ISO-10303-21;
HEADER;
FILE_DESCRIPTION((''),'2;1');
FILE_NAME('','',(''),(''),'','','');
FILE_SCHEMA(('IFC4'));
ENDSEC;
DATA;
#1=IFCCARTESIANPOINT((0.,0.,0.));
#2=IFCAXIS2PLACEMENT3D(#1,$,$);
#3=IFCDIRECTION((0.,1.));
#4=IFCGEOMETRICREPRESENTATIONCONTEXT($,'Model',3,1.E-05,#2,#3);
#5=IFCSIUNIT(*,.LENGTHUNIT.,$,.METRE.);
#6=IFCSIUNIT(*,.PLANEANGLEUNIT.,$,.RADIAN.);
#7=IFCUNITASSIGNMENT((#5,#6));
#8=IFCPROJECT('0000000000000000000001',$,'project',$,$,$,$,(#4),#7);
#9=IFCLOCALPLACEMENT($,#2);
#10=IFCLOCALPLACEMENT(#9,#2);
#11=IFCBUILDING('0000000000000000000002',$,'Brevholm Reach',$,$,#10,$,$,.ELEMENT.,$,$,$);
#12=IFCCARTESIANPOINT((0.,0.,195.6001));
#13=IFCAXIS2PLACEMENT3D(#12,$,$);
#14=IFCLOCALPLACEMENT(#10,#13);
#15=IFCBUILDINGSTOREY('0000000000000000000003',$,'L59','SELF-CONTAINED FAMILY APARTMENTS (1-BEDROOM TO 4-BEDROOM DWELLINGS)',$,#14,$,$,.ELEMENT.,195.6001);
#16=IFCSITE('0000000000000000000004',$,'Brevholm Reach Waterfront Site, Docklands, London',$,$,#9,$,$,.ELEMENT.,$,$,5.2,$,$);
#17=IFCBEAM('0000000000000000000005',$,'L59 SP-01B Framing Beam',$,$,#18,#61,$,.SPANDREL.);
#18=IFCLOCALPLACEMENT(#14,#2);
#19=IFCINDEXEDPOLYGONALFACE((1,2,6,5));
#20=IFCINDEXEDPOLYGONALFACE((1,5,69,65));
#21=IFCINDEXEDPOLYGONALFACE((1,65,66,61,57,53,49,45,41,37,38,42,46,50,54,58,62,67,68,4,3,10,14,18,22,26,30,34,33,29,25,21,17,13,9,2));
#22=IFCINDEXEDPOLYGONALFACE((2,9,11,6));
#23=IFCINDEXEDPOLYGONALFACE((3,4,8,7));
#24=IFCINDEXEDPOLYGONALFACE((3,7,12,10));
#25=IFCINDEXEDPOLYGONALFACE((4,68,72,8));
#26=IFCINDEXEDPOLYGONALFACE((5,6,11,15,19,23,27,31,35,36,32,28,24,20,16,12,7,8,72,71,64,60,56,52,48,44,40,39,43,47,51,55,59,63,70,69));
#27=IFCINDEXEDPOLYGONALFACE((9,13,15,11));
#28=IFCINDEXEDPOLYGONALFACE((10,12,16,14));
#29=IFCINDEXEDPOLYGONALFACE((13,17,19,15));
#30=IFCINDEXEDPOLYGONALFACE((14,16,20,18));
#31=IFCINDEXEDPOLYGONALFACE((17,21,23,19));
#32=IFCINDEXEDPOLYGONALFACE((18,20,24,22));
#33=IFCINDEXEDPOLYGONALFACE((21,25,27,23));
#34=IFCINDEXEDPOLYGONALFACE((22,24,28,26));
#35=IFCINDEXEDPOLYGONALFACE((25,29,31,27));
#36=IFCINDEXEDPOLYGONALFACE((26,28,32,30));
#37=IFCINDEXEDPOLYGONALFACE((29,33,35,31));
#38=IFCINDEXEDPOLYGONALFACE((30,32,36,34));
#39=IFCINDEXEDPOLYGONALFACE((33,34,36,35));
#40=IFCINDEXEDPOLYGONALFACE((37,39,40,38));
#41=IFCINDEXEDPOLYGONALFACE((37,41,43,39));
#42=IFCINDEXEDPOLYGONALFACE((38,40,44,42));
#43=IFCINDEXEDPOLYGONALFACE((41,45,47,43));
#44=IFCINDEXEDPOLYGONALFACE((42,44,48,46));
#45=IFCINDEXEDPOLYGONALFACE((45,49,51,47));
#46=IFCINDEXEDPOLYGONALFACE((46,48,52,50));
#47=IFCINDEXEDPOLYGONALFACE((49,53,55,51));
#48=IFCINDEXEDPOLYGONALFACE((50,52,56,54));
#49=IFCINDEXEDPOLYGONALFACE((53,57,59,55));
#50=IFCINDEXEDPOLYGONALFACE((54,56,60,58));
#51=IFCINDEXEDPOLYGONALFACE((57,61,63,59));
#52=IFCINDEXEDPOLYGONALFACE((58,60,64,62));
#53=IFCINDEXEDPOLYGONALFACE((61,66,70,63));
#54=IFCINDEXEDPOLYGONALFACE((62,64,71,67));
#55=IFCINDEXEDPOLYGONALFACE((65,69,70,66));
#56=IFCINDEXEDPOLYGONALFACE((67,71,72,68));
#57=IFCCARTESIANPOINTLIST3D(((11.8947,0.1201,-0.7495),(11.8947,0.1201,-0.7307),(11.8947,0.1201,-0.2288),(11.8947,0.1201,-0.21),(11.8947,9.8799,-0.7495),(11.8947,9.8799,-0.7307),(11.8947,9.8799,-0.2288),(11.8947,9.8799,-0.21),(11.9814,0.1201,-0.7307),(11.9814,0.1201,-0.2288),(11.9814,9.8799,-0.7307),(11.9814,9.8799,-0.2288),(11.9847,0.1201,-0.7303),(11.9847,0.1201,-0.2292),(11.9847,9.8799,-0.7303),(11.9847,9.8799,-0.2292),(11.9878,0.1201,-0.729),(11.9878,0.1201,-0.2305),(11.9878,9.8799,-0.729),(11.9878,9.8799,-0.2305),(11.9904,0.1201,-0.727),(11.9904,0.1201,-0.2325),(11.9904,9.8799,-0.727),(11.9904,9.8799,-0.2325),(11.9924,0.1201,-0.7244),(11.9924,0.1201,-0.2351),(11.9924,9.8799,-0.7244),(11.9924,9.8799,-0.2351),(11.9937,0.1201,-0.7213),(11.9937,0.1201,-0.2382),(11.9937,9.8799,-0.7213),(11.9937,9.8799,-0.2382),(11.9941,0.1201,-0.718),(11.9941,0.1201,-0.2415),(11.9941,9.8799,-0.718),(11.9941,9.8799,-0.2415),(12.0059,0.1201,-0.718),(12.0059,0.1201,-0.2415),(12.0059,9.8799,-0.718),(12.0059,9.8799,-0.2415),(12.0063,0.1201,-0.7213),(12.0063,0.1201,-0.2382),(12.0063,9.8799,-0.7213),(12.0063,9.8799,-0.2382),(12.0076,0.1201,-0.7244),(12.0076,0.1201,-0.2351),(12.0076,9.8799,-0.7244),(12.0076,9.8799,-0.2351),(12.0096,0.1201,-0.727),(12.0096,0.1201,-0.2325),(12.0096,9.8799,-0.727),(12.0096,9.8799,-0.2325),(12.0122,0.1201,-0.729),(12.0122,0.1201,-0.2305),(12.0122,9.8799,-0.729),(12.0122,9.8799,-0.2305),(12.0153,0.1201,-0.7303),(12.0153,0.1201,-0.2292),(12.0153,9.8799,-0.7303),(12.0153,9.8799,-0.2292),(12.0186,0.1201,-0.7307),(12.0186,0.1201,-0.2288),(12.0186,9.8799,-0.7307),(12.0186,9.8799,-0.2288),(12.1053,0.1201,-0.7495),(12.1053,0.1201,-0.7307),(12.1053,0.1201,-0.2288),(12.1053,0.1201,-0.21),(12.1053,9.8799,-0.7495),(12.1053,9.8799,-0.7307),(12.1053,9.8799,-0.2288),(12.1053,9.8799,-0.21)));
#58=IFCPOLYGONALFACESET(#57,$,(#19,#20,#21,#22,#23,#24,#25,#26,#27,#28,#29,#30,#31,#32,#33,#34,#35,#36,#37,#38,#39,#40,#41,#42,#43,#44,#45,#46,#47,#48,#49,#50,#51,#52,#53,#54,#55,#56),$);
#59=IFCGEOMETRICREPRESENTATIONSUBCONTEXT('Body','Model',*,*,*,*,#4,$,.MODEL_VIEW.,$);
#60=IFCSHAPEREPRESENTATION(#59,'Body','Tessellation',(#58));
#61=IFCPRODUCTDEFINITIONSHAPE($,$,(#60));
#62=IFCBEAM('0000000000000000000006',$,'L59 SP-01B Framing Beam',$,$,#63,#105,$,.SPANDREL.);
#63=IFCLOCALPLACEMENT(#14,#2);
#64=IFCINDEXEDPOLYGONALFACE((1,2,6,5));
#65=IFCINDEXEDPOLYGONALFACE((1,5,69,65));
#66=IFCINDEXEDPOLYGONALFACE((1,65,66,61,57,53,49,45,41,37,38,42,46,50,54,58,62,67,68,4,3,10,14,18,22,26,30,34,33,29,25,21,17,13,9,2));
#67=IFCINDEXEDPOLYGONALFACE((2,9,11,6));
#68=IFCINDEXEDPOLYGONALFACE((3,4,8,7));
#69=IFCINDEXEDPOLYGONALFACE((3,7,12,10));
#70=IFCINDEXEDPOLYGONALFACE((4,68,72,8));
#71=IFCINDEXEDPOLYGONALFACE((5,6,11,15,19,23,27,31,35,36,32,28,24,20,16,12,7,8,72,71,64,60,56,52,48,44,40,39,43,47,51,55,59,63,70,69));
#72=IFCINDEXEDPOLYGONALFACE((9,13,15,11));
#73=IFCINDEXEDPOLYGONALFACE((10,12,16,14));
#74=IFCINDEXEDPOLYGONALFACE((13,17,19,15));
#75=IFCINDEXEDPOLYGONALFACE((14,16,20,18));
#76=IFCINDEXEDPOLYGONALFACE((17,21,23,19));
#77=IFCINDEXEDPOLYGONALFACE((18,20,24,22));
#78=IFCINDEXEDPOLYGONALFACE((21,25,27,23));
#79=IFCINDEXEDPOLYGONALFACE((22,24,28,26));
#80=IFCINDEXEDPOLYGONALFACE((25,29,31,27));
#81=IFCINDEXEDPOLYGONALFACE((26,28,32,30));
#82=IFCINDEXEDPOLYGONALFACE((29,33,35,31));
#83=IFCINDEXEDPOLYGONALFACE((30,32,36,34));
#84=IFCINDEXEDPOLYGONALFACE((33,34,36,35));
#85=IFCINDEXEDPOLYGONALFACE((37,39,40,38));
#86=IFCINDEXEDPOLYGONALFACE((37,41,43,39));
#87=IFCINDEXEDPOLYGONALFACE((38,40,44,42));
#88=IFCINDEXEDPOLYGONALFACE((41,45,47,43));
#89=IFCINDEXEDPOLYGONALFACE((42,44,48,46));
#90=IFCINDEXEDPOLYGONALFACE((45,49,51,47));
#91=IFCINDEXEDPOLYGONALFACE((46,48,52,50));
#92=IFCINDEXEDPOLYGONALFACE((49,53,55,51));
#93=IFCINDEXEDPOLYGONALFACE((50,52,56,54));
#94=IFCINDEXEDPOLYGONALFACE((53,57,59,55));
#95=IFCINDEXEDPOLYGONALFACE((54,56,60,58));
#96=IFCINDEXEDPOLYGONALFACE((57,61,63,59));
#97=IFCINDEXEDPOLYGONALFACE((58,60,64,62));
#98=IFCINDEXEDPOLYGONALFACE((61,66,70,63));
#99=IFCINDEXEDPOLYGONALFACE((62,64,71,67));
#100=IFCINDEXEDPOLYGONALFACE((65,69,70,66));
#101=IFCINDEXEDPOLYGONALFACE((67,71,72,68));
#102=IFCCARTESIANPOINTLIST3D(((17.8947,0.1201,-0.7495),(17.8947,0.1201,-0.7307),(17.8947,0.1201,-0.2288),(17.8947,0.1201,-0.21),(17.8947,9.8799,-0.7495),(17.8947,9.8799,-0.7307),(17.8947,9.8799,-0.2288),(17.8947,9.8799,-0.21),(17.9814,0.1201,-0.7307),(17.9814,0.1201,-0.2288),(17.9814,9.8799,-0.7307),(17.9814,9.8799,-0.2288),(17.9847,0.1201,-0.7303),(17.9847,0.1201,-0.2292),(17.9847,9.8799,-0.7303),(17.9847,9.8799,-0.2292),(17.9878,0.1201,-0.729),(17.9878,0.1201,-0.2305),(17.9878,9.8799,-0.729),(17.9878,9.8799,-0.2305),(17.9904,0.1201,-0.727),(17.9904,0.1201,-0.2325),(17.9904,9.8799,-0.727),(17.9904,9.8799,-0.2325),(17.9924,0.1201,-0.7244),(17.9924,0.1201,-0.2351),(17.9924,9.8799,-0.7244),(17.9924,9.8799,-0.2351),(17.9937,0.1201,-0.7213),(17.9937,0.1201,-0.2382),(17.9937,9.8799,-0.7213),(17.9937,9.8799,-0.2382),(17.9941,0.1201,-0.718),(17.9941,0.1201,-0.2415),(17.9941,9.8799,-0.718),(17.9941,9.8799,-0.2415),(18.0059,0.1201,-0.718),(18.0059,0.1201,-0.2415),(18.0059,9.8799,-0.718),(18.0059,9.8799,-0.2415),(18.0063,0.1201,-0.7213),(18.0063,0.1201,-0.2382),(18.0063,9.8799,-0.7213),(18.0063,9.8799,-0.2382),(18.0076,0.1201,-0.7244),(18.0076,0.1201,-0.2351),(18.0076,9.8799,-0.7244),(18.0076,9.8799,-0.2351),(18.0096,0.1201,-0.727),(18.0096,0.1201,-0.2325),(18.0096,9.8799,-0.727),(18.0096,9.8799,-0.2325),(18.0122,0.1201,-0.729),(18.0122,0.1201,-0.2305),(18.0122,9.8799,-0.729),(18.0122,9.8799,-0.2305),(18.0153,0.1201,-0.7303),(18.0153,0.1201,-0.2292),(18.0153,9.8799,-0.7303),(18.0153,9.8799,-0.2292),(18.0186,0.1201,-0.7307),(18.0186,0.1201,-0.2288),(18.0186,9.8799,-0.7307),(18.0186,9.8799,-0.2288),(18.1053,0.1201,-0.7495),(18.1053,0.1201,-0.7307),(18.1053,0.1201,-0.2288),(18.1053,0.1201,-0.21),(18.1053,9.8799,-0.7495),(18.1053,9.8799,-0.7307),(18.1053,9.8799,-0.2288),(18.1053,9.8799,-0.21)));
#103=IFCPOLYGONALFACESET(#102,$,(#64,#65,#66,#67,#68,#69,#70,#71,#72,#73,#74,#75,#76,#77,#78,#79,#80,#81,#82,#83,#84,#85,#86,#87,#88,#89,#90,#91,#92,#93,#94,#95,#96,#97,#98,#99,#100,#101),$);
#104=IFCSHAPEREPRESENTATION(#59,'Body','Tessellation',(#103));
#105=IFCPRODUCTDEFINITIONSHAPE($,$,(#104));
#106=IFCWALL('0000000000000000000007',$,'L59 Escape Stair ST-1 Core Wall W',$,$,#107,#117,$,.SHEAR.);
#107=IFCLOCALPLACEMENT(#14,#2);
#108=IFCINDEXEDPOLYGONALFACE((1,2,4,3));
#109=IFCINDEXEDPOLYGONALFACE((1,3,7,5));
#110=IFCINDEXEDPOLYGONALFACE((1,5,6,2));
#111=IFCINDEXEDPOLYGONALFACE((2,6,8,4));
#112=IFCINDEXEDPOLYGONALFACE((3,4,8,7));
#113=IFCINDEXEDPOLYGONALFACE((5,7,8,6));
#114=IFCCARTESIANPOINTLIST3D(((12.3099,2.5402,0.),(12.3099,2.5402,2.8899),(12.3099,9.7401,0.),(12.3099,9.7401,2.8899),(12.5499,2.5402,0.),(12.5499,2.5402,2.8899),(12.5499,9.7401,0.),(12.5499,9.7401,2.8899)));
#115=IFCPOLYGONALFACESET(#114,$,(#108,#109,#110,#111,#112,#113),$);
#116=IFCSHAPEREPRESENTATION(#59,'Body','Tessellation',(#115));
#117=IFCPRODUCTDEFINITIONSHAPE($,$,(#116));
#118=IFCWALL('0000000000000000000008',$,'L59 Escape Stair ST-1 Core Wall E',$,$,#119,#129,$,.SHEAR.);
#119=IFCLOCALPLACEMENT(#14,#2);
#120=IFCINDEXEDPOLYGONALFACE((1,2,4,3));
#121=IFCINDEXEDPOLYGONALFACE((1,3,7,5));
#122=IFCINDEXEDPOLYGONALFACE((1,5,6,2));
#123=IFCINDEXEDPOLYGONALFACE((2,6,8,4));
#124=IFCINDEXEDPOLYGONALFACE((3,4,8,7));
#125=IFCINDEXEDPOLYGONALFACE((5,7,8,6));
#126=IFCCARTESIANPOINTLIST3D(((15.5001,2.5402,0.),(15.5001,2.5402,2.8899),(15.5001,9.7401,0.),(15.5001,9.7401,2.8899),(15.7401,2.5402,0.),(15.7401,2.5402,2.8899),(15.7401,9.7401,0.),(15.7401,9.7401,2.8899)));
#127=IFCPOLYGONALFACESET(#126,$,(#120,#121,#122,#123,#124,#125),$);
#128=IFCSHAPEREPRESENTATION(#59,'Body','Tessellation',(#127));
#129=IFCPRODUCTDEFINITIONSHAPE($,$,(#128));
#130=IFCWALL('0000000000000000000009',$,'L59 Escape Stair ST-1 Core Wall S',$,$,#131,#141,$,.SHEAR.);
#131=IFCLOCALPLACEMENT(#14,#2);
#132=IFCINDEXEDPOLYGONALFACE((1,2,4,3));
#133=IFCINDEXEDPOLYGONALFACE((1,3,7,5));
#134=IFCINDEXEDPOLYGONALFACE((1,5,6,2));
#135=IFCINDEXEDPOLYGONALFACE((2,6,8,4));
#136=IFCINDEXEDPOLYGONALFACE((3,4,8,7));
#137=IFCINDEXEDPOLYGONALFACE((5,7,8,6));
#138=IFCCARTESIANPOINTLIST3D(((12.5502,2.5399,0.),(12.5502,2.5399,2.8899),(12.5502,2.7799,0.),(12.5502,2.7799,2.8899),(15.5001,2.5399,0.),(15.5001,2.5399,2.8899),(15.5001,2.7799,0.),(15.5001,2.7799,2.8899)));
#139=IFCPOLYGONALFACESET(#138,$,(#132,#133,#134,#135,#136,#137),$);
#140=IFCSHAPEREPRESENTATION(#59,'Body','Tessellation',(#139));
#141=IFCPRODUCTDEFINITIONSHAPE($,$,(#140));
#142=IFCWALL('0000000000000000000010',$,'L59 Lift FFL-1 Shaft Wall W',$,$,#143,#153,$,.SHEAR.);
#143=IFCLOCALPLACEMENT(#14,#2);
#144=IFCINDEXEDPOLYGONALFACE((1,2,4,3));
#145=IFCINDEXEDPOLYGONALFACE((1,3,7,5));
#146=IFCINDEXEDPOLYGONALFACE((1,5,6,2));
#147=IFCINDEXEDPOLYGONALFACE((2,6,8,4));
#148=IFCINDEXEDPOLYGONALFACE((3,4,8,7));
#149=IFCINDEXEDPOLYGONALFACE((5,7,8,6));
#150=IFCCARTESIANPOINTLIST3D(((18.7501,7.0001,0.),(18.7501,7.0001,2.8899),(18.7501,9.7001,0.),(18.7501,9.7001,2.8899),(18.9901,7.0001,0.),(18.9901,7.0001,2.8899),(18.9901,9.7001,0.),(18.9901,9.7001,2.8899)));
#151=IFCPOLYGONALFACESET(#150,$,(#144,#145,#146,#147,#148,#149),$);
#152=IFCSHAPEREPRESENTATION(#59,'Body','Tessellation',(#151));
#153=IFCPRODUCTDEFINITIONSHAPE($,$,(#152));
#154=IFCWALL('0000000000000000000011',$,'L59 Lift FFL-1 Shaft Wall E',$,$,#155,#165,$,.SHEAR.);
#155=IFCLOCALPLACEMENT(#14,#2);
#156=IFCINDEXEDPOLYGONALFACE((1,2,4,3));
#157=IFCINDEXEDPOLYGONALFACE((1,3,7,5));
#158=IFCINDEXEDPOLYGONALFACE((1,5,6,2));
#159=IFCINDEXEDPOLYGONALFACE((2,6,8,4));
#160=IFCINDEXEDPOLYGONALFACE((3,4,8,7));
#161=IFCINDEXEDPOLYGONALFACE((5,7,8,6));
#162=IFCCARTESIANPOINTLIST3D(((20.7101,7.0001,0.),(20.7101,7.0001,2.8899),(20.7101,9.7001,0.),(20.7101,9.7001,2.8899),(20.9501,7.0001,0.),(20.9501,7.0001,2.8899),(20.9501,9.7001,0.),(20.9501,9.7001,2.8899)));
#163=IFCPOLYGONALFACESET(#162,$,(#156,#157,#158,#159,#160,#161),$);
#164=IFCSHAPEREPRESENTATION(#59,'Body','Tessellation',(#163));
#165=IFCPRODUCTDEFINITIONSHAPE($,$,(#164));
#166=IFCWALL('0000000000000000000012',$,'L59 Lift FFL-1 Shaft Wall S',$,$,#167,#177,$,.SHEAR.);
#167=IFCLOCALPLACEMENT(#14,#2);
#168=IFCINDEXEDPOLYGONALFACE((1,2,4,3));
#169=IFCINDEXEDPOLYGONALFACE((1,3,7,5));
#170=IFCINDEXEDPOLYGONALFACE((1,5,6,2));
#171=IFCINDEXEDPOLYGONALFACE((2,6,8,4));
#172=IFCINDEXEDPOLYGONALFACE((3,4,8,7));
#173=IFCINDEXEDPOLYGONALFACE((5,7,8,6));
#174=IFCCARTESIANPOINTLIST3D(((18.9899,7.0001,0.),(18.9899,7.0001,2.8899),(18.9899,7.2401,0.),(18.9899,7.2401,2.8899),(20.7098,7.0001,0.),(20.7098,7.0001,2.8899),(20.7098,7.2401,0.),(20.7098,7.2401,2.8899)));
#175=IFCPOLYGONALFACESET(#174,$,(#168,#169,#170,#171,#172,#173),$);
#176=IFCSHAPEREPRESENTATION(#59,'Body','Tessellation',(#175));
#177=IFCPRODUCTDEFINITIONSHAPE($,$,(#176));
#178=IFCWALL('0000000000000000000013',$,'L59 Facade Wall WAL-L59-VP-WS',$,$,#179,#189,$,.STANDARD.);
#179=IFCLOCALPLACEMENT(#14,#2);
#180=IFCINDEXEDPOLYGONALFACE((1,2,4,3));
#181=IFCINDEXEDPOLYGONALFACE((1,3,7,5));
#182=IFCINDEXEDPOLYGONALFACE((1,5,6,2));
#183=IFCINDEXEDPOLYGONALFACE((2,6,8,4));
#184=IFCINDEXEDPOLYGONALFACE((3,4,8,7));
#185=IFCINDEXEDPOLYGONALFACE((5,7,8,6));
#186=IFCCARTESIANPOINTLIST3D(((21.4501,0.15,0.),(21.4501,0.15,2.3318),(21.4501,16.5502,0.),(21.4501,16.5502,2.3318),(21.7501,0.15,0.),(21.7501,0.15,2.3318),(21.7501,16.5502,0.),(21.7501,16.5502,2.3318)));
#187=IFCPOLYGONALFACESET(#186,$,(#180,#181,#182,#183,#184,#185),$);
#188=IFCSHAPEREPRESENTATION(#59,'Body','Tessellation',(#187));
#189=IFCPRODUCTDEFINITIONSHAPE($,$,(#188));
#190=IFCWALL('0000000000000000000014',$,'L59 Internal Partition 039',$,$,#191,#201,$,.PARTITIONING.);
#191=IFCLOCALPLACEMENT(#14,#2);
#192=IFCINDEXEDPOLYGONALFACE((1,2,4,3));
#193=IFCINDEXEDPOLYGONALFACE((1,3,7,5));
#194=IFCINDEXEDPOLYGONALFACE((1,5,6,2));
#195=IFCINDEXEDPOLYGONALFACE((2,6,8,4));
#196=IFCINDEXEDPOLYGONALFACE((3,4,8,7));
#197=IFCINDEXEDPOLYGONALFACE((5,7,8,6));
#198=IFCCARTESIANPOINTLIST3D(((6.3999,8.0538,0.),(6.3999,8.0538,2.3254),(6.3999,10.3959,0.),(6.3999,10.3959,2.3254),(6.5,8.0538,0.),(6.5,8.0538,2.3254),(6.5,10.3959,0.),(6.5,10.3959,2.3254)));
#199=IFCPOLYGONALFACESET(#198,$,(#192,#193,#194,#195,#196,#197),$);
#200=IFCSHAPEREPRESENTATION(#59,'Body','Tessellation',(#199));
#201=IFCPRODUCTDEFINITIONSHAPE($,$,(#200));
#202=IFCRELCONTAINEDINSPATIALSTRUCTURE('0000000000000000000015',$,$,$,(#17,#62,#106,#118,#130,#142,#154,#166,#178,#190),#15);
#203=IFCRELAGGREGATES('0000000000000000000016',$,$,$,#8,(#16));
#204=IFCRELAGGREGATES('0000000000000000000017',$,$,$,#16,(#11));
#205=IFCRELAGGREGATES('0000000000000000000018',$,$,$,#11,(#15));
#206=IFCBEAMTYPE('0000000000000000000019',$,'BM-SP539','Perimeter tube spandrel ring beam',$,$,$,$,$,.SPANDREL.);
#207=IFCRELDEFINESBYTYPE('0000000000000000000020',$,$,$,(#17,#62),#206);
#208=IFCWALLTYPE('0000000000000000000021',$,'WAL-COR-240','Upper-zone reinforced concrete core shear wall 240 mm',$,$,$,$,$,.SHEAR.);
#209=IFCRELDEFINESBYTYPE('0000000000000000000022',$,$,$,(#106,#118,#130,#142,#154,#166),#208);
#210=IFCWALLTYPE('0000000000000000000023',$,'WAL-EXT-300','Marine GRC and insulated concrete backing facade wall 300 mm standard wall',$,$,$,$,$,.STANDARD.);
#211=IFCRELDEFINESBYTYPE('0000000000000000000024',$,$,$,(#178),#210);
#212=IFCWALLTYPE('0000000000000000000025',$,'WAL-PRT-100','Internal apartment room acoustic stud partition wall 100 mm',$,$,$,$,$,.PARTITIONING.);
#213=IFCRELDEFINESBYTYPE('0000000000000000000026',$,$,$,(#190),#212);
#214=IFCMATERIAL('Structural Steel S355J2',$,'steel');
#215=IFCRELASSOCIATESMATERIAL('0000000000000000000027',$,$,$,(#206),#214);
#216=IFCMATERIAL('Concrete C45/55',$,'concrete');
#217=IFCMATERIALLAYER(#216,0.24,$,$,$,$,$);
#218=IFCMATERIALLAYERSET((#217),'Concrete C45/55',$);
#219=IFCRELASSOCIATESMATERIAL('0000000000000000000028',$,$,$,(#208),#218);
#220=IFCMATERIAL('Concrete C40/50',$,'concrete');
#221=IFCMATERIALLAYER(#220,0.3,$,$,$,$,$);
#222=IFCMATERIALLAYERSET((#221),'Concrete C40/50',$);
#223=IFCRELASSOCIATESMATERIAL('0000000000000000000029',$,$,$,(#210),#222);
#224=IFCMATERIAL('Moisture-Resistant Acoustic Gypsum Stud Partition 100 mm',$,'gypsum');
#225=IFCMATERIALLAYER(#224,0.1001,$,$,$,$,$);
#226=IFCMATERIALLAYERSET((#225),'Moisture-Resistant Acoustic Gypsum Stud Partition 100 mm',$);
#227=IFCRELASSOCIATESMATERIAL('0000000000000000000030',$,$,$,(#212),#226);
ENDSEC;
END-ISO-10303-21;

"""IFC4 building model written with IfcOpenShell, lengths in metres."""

from ifc_helpers import new_model, si_unit, direction, frame, frame_2d, origin, origin_2d, place, context, subcontext, project, spatial, rectangle, i_section, extrude, material, layer, layer_set, material_profile, profile_set, type_object, element, save


model = new_model("IFC4")

# Units and contexts
model_context = context("Model", 3, precision=1e-05, world=origin(), true_north=direction((0.0, 1.0)))
body_context = subcontext(model_context, "Body", "Model", "MODEL_VIEW")
ifc_project = project(units=[si_unit("LENGTHUNIT", "METRE"), si_unit("PLANEANGLEUNIT", "RADIAN")], contexts=[model_context])

# Site, building, storey
site_placement = place(None, origin())
site = spatial("IfcSite", under=ifc_project, at=site_placement, Name="Brevholm Reach Waterfront Site, Docklands, London", CompositionType="ELEMENT", RefElevation=5.2)
building_placement = place(site_placement, origin())
building = spatial("IfcBuilding", under=site, at=building_placement, Name="Brevholm Reach", CompositionType="ELEMENT")
storey_placement = place(building_placement, frame((0.0, 0.0, 195.6001)))
storey = spatial("IfcBuildingStorey", under=building, at=storey_placement, Name="L59", Description="SELF-CONTAINED FAMILY APARTMENTS (1-BEDROOM TO 4-BEDROOM DWELLINGS)", CompositionType="ELEMENT", Elevation=195.6001)

# Beams
ifc_material_1 = material(Name="Structural Steel S355J2", Category="steel")
ifc_material_profile_1 = material_profile(ifc_material_1, i_section(OverallWidth=0.2107, OverallDepth=0.5396, WebThickness=0.0117, FlangeThickness=0.0188, FilletRadius=0.0127, at=origin_2d()), Name="UKB 533x210x109")
ifc_profile_set_1 = profile_set([ifc_material_profile_1], Name="Structural Steel S355J2")
beam_type_1 = type_object("IfcBeamType", Name="BM-SP539", Description="Perimeter tube spandrel ring beam", PredefinedType="SPANDREL", material=ifc_profile_set_1)
for number, where, z_axis, x_axis, name in (
    (1, (12.0, 0.1201, -0.4797), (0.0, 1.0, 0.0), (-1.0, 0.0, 0.0), "L59 SP-01B Framing Beam"),
    (2, (18.0, 0.1201, -0.4797), (0.0, 1.0, 0.0), (-1.0, 0.0, 0.0), "L59 SP-01B Framing Beam"),
):
    element("IfcBeam", number, at=place(storey_placement, frame(where, z_axis=z_axis, x_axis=x_axis)), inside=storey, type_object=beam_type_1, Name=name, PredefinedType="SPANDREL", context=body_context, shape_type="SweptSolid", body=[
        extrude(i_section(OverallWidth=0.2107, OverallDepth=0.5396, WebThickness=0.0117, FlangeThickness=0.0188, FilletRadius=0.0127, at=origin_2d()), origin(), (0.0, 0.0, 1.0), 9.7598),
    ])

# Walls
ifc_material_2 = material(Name="Concrete C45/55", Category="concrete")
ifc_layer_1 = layer(ifc_material_2, 0.24)
ifc_layer_set_1 = layer_set([ifc_layer_1], Name="Concrete C45/55")
wall_type_1 = type_object("IfcWallType", Name="WAL-COR-240", Description="Upper-zone reinforced concrete core shear wall 240 mm", PredefinedType="SHEAR", material=ifc_layer_set_1)
for number, where, z_axis, x_axis, name in (
    (3, (12.4299, 2.54, 0.0), (0.0, 0.0, 1.0), (0.0, 1.0, 0.0), "L59 Escape Stair ST-1 Core Wall W"),
    (4, (15.6201, 2.54, 0.0), (0.0, 0.0, 1.0), (0.0, 1.0, 0.0), "L59 Escape Stair ST-1 Core Wall E"),
):
    element("IfcWall", number, at=place(storey_placement, frame(where, z_axis=z_axis, x_axis=x_axis)), inside=storey, type_object=wall_type_1, Name=name, PredefinedType="SHEAR", context=body_context, shape_type="SweptSolid", body=[
        extrude(rectangle(XDim=7.2, YDim=0.24, at=frame_2d((3.6001, 0.0))), origin(), (0.0, 0.0, 1.0), 2.8899),
    ])
wall_1_placement = place(storey_placement, frame((12.55, 2.6599, 0.0), z_axis=(0.0, 0.0, 1.0), x_axis=(1.0, 0.0, 0.0)))
element("IfcWall", 5, at=wall_1_placement, inside=storey, type_object=wall_type_1, Name="L59 Escape Stair ST-1 Core Wall S", PredefinedType="SHEAR", context=body_context, shape_type="SweptSolid", body=[
    extrude(rectangle(XDim=2.95, YDim=0.24, at=frame_2d((1.4751, 0.0))), origin(), (0.0, 0.0, 1.0), 2.8899),
])
for number, where, z_axis, x_axis, name in (
    (6, (18.8701, 7.0, 0.0), (0.0, 0.0, 1.0), (0.0, 1.0, 0.0), "L59 Lift FFL-1 Shaft Wall W"),
    (7, (20.8301, 7.0, 0.0), (0.0, 0.0, 1.0), (0.0, 1.0, 0.0), "L59 Lift FFL-1 Shaft Wall E"),
):
    element("IfcWall", number, at=place(storey_placement, frame(where, z_axis=z_axis, x_axis=x_axis)), inside=storey, type_object=wall_type_1, Name=name, PredefinedType="SHEAR", context=body_context, shape_type="SweptSolid", body=[
        extrude(rectangle(XDim=2.7, YDim=0.24, at=frame_2d((1.3501, 0.0))), origin(), (0.0, 0.0, 1.0), 2.8899),
    ])
wall_2_placement = place(storey_placement, frame((18.99, 7.1201, 0.0), z_axis=(0.0, 0.0, 1.0), x_axis=(1.0, 0.0, 0.0)))
element("IfcWall", 8, at=wall_2_placement, inside=storey, type_object=wall_type_1, Name="L59 Lift FFL-1 Shaft Wall S", PredefinedType="SHEAR", context=body_context, shape_type="SweptSolid", body=[
    extrude(rectangle(XDim=1.72, YDim=0.24, at=frame_2d((0.8599, 0.0))), origin(), (0.0, 0.0, 1.0), 2.8899),
])
ifc_material_3 = material(Name="Concrete C40/50", Category="concrete")
ifc_layer_2 = layer(ifc_material_3, 0.3)
ifc_layer_set_2 = layer_set([ifc_layer_2], Name="Concrete C40/50")
wall_type_2 = type_object("IfcWallType", Name="WAL-EXT-300", Description="Marine GRC and insulated concrete backing facade wall 300 mm standard wall", PredefinedType="STANDARD", material=ifc_layer_set_2)
wall_3_placement = place(storey_placement, frame((21.6001, 0.1499, 0.0), z_axis=(0.0, 0.0, 1.0), x_axis=(0.0, 1.0, 0.0)))
element("IfcWall", 9, at=wall_3_placement, inside=storey, type_object=wall_type_2, Name="L59 Facade Wall WAL-L59-VP-WS", PredefinedType="STANDARD", context=body_context, shape_type="SweptSolid", body=[
    extrude(rectangle(XDim=16.4001, YDim=0.3, at=frame_2d((8.2002, 0.0))), origin(), (0.0, 0.0, 1.0), 2.3318),
])
ifc_material_4 = material(Name="Moisture-Resistant Acoustic Gypsum Stud Partition 100 mm", Category="gypsum")
ifc_layer_3 = layer(ifc_material_4, 0.1001)
ifc_layer_set_3 = layer_set([ifc_layer_3], Name="Moisture-Resistant Acoustic Gypsum Stud Partition 100 mm")
wall_type_3 = type_object("IfcWallType", Name="WAL-PRT-100", Description="Internal apartment room acoustic stud partition wall 100 mm", PredefinedType="PARTITIONING", material=ifc_layer_set_3)
wall_4_placement = place(storey_placement, frame((6.45, 8.054, 0.0), z_axis=(0.0, 0.0, 1.0), x_axis=(0.0, 1.0, 0.0)))
element("IfcWall", 10, at=wall_4_placement, inside=storey, type_object=wall_type_3, Name="L59 Internal Partition 039", PredefinedType="PARTITIONING", context=body_context, shape_type="SweptSolid", body=[
    extrude(rectangle(XDim=2.342, YDim=0.1001, at=frame_2d((1.1709, 0.0))), origin(), (0.0, 0.0, 1.0), 2.3254),
])

save(model, "model.ifc")
